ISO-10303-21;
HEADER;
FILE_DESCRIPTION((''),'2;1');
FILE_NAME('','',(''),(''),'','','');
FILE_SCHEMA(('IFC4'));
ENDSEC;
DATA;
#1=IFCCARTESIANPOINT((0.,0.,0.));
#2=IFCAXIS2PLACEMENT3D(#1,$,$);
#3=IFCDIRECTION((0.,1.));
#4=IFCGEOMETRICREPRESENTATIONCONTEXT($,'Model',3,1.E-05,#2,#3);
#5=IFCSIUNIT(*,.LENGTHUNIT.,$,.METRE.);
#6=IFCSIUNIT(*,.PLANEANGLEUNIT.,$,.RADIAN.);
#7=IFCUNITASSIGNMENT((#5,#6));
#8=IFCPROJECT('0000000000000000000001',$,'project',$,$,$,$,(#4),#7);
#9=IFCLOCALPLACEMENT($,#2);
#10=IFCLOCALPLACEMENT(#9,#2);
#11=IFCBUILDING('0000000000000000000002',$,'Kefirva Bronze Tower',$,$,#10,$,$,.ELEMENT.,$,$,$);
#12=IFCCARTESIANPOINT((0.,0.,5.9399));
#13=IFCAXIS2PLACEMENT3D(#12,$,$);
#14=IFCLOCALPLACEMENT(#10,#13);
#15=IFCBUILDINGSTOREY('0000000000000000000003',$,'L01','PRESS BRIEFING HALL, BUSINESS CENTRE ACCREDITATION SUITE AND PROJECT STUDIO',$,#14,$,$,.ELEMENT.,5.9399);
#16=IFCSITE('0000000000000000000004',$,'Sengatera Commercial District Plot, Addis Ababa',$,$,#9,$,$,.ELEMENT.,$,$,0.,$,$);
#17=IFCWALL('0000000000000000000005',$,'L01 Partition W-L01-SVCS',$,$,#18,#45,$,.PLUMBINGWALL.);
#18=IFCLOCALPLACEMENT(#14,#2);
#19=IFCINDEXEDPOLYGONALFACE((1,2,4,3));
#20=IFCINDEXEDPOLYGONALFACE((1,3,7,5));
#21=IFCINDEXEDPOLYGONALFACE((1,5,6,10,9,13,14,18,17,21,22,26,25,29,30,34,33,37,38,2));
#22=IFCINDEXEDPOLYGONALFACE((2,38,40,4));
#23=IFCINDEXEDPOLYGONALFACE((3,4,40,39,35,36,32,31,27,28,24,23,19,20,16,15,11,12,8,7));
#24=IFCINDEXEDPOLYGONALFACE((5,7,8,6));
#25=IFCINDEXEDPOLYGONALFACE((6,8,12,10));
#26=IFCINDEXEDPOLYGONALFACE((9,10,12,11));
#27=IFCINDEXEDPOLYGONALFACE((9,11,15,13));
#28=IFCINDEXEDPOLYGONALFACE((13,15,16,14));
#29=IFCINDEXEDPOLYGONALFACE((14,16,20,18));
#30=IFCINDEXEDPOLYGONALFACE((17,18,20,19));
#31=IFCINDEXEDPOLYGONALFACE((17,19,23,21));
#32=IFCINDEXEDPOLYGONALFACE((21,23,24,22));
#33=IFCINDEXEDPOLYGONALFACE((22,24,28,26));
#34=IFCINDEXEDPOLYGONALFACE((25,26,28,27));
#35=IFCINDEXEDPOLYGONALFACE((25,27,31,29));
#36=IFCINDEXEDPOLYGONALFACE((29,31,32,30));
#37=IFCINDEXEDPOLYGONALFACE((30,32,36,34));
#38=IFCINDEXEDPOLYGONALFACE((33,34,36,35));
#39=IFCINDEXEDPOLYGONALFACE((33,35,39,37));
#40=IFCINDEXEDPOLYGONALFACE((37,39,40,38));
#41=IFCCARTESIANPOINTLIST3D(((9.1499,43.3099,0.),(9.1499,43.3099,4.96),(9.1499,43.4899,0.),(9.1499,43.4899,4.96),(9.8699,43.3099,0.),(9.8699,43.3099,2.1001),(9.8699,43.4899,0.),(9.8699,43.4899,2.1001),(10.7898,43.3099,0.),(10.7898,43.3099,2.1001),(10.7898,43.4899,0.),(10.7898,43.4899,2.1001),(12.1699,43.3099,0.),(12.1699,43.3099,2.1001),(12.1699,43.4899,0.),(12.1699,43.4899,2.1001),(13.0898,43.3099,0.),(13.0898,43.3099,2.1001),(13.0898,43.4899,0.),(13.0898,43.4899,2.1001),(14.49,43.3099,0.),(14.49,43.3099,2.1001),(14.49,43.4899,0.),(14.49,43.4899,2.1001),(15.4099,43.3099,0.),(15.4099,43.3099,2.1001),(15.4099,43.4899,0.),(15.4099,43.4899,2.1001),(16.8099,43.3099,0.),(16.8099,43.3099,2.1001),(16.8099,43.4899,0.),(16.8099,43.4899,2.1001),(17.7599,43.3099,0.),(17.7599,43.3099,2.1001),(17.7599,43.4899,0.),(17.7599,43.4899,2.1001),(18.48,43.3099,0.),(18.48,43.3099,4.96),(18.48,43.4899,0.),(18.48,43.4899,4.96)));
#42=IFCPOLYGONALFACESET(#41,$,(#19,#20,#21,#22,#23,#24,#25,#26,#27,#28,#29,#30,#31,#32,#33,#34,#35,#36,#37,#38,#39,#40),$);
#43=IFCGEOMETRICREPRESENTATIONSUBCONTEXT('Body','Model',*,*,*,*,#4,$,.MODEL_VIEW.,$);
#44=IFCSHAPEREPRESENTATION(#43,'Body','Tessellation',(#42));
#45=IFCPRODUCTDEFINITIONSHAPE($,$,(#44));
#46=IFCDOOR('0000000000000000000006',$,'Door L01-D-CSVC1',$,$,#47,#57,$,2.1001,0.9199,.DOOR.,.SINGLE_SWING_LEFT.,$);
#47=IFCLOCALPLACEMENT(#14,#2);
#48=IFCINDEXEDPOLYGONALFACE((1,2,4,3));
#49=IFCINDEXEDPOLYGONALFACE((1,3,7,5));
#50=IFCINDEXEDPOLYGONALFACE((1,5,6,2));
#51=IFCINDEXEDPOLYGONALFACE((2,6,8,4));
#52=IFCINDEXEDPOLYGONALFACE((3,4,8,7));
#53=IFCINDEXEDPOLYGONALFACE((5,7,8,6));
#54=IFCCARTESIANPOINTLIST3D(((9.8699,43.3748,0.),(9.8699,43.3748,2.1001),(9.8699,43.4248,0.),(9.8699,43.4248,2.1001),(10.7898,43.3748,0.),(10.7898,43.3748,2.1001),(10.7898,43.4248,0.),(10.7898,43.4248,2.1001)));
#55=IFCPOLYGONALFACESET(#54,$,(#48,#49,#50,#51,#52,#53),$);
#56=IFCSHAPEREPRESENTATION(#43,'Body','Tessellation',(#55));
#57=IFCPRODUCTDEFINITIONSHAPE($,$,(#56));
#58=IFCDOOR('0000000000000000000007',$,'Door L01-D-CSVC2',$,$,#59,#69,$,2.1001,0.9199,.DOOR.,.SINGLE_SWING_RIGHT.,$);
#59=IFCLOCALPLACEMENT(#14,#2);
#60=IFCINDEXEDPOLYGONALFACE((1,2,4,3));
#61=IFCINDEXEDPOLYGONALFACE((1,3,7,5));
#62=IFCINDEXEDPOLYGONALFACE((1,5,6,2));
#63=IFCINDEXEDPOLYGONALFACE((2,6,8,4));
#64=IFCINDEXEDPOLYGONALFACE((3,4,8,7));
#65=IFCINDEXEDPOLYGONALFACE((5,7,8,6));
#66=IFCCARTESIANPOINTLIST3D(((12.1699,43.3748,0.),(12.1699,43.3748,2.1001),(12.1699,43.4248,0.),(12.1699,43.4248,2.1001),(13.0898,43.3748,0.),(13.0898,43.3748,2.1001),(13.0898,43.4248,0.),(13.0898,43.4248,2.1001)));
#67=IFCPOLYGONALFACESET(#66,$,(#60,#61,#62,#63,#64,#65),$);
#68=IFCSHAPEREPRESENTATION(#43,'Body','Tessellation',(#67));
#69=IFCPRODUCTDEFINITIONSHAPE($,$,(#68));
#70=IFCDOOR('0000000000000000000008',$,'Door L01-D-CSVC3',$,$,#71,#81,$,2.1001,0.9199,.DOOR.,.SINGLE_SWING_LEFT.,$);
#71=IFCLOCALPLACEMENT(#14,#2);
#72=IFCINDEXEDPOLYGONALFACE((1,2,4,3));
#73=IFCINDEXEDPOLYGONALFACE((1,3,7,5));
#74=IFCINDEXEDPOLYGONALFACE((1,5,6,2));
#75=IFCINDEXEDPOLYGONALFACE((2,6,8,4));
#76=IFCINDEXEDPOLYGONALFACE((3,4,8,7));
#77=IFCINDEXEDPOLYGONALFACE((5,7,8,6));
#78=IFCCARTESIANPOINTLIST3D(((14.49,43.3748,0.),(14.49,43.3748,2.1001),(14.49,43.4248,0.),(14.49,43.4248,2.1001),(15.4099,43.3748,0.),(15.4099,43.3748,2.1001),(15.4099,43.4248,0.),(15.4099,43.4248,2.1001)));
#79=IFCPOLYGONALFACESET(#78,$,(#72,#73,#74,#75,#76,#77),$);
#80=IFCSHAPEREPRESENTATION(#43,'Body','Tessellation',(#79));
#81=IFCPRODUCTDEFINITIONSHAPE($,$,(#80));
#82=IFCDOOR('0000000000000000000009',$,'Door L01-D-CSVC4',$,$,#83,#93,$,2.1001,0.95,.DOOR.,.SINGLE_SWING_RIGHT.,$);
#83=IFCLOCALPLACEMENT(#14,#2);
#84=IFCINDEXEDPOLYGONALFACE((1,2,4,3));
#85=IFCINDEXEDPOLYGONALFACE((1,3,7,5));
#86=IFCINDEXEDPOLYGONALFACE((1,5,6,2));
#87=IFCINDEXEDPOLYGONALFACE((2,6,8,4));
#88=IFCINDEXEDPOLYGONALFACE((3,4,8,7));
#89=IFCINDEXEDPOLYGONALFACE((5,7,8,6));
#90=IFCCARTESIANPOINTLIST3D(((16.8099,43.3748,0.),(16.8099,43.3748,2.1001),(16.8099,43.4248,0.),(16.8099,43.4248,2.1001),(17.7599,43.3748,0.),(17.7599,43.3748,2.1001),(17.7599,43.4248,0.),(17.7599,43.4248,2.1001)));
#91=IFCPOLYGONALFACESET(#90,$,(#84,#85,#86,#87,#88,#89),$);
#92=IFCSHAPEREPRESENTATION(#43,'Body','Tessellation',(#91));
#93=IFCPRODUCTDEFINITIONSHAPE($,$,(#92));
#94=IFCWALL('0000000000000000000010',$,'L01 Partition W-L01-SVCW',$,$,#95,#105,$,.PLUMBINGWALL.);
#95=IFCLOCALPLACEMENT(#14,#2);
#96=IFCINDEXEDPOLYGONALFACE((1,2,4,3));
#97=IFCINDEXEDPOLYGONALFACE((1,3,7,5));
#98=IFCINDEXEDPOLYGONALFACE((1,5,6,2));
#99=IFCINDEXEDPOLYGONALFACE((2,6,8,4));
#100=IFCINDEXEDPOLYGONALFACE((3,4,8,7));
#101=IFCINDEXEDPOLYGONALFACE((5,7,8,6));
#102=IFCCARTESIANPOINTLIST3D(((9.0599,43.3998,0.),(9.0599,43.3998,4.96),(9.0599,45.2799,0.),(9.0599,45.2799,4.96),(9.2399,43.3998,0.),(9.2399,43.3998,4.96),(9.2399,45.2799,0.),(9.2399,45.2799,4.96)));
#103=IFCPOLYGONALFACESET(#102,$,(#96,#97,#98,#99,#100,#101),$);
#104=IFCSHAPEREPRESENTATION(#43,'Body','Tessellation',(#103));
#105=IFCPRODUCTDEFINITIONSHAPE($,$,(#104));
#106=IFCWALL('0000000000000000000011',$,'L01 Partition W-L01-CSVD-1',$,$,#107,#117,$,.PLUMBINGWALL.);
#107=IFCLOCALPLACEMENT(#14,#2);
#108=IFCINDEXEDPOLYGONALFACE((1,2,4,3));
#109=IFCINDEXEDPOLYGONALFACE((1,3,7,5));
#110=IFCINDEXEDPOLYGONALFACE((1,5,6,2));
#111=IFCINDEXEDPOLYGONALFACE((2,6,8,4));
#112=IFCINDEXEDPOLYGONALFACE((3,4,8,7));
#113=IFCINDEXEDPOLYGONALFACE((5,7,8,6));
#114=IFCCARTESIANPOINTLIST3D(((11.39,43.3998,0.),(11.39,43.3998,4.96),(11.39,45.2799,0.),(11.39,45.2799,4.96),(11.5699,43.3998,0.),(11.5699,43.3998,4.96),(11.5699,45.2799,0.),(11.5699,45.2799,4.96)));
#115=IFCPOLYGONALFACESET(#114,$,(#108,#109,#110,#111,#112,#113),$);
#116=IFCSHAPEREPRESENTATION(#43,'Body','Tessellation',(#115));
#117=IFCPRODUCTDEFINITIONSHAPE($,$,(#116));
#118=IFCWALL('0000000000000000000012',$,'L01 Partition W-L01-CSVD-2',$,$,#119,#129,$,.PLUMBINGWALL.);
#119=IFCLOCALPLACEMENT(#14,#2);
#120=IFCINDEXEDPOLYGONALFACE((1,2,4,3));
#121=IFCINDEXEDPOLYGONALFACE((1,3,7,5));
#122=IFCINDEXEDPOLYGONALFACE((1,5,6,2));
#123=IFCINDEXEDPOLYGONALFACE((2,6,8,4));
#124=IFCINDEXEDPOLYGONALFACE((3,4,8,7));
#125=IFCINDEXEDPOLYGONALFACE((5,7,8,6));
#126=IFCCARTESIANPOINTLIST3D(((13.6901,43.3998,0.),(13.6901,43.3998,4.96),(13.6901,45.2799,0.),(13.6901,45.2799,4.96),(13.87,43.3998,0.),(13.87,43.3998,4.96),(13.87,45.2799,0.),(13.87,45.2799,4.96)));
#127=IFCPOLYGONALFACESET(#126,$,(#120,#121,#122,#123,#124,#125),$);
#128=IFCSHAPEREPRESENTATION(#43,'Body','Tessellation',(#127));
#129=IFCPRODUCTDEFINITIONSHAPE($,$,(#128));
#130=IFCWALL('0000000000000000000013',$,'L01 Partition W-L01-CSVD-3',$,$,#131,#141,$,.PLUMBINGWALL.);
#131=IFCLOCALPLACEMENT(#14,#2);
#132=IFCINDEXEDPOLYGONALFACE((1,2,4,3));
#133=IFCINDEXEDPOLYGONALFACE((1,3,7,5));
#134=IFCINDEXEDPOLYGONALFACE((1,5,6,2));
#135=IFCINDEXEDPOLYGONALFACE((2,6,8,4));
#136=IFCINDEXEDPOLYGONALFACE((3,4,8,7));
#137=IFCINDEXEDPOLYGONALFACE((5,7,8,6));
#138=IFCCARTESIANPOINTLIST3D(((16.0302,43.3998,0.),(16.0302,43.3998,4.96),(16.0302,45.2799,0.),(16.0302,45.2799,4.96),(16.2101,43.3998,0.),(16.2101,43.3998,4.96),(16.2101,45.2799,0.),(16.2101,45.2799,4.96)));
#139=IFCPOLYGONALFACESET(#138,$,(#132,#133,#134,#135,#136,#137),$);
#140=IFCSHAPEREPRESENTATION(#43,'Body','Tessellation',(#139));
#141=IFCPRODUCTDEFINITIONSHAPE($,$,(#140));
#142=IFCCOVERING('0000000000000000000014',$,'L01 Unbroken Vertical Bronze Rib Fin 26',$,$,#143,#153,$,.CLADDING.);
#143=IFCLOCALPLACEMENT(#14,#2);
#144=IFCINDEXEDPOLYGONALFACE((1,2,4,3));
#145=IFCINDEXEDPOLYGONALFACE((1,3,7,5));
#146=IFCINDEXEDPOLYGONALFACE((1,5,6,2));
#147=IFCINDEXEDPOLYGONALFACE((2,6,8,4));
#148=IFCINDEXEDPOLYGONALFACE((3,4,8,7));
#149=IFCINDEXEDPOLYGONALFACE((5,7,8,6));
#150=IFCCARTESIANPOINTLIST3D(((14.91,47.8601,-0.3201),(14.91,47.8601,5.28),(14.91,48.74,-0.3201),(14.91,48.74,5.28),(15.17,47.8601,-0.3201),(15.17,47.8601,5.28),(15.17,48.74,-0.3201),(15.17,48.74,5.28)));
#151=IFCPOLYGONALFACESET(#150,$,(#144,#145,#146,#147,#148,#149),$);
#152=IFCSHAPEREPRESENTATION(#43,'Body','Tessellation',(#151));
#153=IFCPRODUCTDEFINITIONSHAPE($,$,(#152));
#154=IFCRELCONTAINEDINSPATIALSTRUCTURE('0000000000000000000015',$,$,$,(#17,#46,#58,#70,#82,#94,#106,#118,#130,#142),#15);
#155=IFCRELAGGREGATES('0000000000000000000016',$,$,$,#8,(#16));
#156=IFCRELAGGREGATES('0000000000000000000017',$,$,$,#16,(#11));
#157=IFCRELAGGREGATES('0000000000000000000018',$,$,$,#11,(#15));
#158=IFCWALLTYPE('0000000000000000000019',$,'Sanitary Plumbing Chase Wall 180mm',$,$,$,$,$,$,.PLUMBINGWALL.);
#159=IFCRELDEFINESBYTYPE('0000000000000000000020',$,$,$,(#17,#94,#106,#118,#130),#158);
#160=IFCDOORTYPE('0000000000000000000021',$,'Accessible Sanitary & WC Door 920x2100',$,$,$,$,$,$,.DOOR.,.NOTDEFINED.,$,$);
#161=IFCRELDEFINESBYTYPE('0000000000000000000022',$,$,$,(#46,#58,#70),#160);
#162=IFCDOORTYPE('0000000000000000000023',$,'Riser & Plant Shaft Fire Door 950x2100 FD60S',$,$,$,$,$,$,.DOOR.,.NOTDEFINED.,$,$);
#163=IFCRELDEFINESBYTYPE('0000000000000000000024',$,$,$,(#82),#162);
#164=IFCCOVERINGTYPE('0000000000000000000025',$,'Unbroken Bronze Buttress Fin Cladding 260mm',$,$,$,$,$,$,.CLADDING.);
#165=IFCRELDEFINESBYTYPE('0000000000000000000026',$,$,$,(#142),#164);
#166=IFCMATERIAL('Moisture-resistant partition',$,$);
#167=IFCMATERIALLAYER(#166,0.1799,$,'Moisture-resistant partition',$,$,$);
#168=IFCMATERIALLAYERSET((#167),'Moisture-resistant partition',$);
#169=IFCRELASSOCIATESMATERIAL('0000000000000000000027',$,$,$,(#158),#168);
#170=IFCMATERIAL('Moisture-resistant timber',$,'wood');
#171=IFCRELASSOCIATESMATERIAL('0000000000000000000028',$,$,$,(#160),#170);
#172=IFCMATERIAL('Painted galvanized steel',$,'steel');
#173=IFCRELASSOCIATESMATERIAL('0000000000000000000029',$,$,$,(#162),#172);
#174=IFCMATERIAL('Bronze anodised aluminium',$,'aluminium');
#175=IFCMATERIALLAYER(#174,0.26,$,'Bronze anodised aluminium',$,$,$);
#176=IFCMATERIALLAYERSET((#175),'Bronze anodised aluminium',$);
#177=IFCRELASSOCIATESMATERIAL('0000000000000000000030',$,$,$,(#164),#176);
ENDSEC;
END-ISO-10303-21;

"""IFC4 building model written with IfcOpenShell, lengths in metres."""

from ifc_helpers import new_model, si_unit, direction, frame, frame_2d, origin, origin_2d, place, context, subcontext, project, spatial, rectangle, extrude, material, layer, layer_set, type_object, element, fill, save


model = new_model("IFC4")

# Units and contexts
model_context = context("Model", 3, precision=1e-05, world=origin(), true_north=direction((0.0, 1.0)))
body_context = subcontext(model_context, "Body", "Model", "MODEL_VIEW")
ifc_project = project(units=[si_unit("LENGTHUNIT", "METRE"), si_unit("PLANEANGLEUNIT", "RADIAN")], contexts=[model_context])

# Site, building, storey
site_placement = place(None, origin())
site = spatial("IfcSite", under=ifc_project, at=site_placement, Name="Sengatera Commercial District Plot, Addis Ababa", CompositionType="ELEMENT", RefElevation=0.0)
building_placement = place(site_placement, origin())
building = spatial("IfcBuilding", under=site, at=building_placement, Name="Kefirva Bronze Tower", CompositionType="ELEMENT")
storey_placement = place(building_placement, frame((0.0, 0.0, 5.9399)))
storey = spatial("IfcBuildingStorey", under=building, at=storey_placement, Name="L01", Description="PRESS BRIEFING HALL, BUSINESS CENTRE ACCREDITATION SUITE AND PROJECT STUDIO", CompositionType="ELEMENT", Elevation=5.9399)

# Shared definitions
ifc_material_1 = material(Name="Bronze anodised aluminium", Category="aluminium")

# Wall, openings, doors
ifc_material_2 = material(Name="Moisture-resistant partition")
ifc_layer_1 = layer(ifc_material_2, 0.1799, Name="Moisture-resistant partition")
ifc_layer_set_1 = layer_set([ifc_layer_1], Name="Moisture-resistant partition")
wall_type_1 = type_object("IfcWallType", Name="Sanitary Plumbing Chase Wall 180mm", PredefinedType="PLUMBINGWALL", material=ifc_layer_set_1)
wall_1_placement = place(storey_placement, frame((9.1499, 43.3999, 0.0), z_axis=(0.0, 0.0, 1.0), x_axis=(1.0, 0.0, 0.0)))
wall_1 = element("IfcWall", 1, at=wall_1_placement, inside=storey, type_object=wall_type_1, Name="L01 Partition W-L01-SVCS", PredefinedType="PLUMBINGWALL", context=body_context, shape_type="SweptSolid", body=[
    extrude(rectangle(XDim=9.3301, YDim=0.1799, at=frame_2d((4.665, 0.0))), origin(), (0.0, 0.0, 1.0), 4.96),
])
opening_1_placement = place(wall_1_placement, frame((0.72, 0.0, 0.0)))
opening_1 = element("IfcOpeningElement", 2, at=opening_1_placement, cuts=wall_1, PredefinedType="OPENING", context=body_context, shape_type="SweptSolid", body=[
    extrude(rectangle(XDim=0.9199, YDim=2.1001, at=frame_2d((0.46, 1.05))), frame((0.0, 0.1001, 0.0), z_axis=(0.0, -1.0, 0.0), x_axis=(1.0, 0.0, 0.0)), (0.0, 0.0, 1.0), 0.2),
])
opening_2_placement = place(wall_1_placement, frame((3.02, 0.0, 0.0)))
opening_2 = element("IfcOpeningElement", 3, at=opening_2_placement, cuts=wall_1, PredefinedType="OPENING", context=body_context, shape_type="SweptSolid", body=[
    extrude(rectangle(XDim=0.9199, YDim=2.1001, at=frame_2d((0.46, 1.05))), frame((0.0, 0.1001, 0.0), z_axis=(0.0, -1.0, 0.0), x_axis=(1.0, 0.0, 0.0)), (0.0, 0.0, 1.0), 0.2),
])
opening_3_placement = place(wall_1_placement, frame((5.3401, 0.0, 0.0)))
opening_3 = element("IfcOpeningElement", 4, at=opening_3_placement, cuts=wall_1, PredefinedType="OPENING", context=body_context, shape_type="SweptSolid", body=[
    extrude(rectangle(XDim=0.9199, YDim=2.1001, at=frame_2d((0.46, 1.05))), frame((0.0, 0.1001, 0.0), z_axis=(0.0, -1.0, 0.0), x_axis=(1.0, 0.0, 0.0)), (0.0, 0.0, 1.0), 0.2),
])
opening_4_placement = place(wall_1_placement, frame((7.6599, 0.0, 0.0)))
opening_4 = element("IfcOpeningElement", 5, at=opening_4_placement, cuts=wall_1, PredefinedType="OPENING", context=body_context, shape_type="SweptSolid", body=[
    extrude(rectangle(XDim=0.95, YDim=2.1001, at=frame_2d((0.4751, 1.05))), frame((0.0, 0.1001, 0.0), z_axis=(0.0, -1.0, 0.0), x_axis=(1.0, 0.0, 0.0)), (0.0, 0.0, 1.0), 0.2),
])
ifc_material_3 = material(Name="Moisture-resistant timber", Category="wood")
door_type_1 = type_object("IfcDoorType", Name="Accessible Sanitary & WC Door 920x2100", OperationType="NOTDEFINED", PredefinedType="DOOR", material=ifc_material_3)
door_1_placement = place(opening_1_placement, origin())
door_1 = element("IfcDoor", 6, at=door_1_placement, inside=storey, type_object=door_type_1, Name="Door L01-D-CSVC1", OperationType="SINGLE_SWING_LEFT", OverallHeight=2.1001, OverallWidth=0.9199, PredefinedType="DOOR", context=body_context, shape_type="SweptSolid", body=[
    extrude(rectangle(XDim=0.9199, YDim=2.1001, at=frame_2d((0.46, 1.05))), frame((0.0, 0.0249, 0.0), z_axis=(0.0, -1.0, 0.0), x_axis=(1.0, 0.0, 0.0)), (0.0, 0.0, 1.0), 0.05),
])
fill(opening_1, door_1)
door_2_placement = place(opening_2_placement, origin())
door_2 = element("IfcDoor", 7, at=door_2_placement, inside=storey, type_object=door_type_1, Name="Door L01-D-CSVC2", OperationType="SINGLE_SWING_RIGHT", OverallHeight=2.1001, OverallWidth=0.9199, PredefinedType="DOOR", context=body_context, shape_type="SweptSolid", body=[
    extrude(rectangle(XDim=0.9199, YDim=2.1001, at=frame_2d((0.46, 1.05))), frame((0.0, 0.0249, 0.0), z_axis=(0.0, -1.0, 0.0), x_axis=(1.0, 0.0, 0.0)), (0.0, 0.0, 1.0), 0.05),
])
fill(opening_2, door_2)
door_3_placement = place(opening_3_placement, origin())
door_3 = element("IfcDoor", 8, at=door_3_placement, inside=storey, type_object=door_type_1, Name="Door L01-D-CSVC3", OperationType="SINGLE_SWING_LEFT", OverallHeight=2.1001, OverallWidth=0.9199, PredefinedType="DOOR", context=body_context, shape_type="SweptSolid", body=[
    extrude(rectangle(XDim=0.9199, YDim=2.1001, at=frame_2d((0.46, 1.05))), frame((0.0, 0.0249, 0.0), z_axis=(0.0, -1.0, 0.0), x_axis=(1.0, 0.0, 0.0)), (0.0, 0.0, 1.0), 0.05),
])
fill(opening_3, door_3)
ifc_material_4 = material(Name="Painted galvanized steel", Category="steel")
door_type_2 = type_object("IfcDoorType", Name="Riser & Plant Shaft Fire Door 950x2100 FD60S", OperationType="NOTDEFINED", PredefinedType="DOOR", material=ifc_material_4)
door_4_placement = place(opening_4_placement, origin())
door_4 = element("IfcDoor", 9, at=door_4_placement, inside=storey, type_object=door_type_2, Name="Door L01-D-CSVC4", OperationType="SINGLE_SWING_RIGHT", OverallHeight=2.1001, OverallWidth=0.95, PredefinedType="DOOR", context=body_context, shape_type="SweptSolid", body=[
    extrude(rectangle(XDim=0.95, YDim=2.1001, at=frame_2d((0.4751, 1.05))), frame((0.0, 0.0249, 0.0), z_axis=(0.0, -1.0, 0.0), x_axis=(1.0, 0.0, 0.0)), (0.0, 0.0, 1.0), 0.05),
])
fill(opening_4, door_4)

# Walls
for number, where, z_axis, x_axis, name in (
    (10, (9.1499, 43.3999, 0.0), (0.0, 0.0, 1.0), (0.0, 1.0, 0.0), "L01 Partition W-L01-SVCW"),
    (11, (11.48, 43.3999, 0.0), (0.0, 0.0, 1.0), (0.0, 1.0, 0.0), "L01 Partition W-L01-CSVD-1"),
    (12, (13.78, 43.3999, 0.0), (0.0, 0.0, 1.0), (0.0, 1.0, 0.0), "L01 Partition W-L01-CSVD-2"),
    (13, (16.1201, 43.3999, 0.0), (0.0, 0.0, 1.0), (0.0, 1.0, 0.0), "L01 Partition W-L01-CSVD-3"),
):
    element("IfcWall", number, at=place(storey_placement, frame(where, z_axis=z_axis, x_axis=x_axis)), inside=storey, type_object=wall_type_1, Name=name, PredefinedType="PLUMBINGWALL", context=body_context, shape_type="SweptSolid", body=[
        extrude(rectangle(XDim=1.8801, YDim=0.1799, at=frame_2d((0.9399, 0.0))), origin(), (0.0, 0.0, 1.0), 4.96),
    ])

# Covering
ifc_layer_2 = layer(ifc_material_1, 0.26, Name="Bronze anodised aluminium")
ifc_layer_set_2 = layer_set([ifc_layer_2], Name="Bronze anodised aluminium")
covering_type = type_object("IfcCoveringType", Name="Unbroken Bronze Buttress Fin Cladding 260mm", PredefinedType="CLADDING", material=ifc_layer_set_2)
covering_placement = place(storey_placement, frame((15.04, 48.3, -0.3201), z_axis=(0.0, 0.0, 1.0), x_axis=(-1.0, 0.0, 0.0)))
element("IfcCovering", 14, at=covering_placement, inside=storey, type_object=covering_type, Name="L01 Unbroken Vertical Bronze Rib Fin 26", PredefinedType="CLADDING", context=body_context, shape_type="SweptSolid", body=[
    extrude(rectangle(XDim=0.26, YDim=0.8799, at=origin_2d()), origin(), (0.0, 0.0, 1.0), 5.6001),
])

save(model, "model.ifc")
